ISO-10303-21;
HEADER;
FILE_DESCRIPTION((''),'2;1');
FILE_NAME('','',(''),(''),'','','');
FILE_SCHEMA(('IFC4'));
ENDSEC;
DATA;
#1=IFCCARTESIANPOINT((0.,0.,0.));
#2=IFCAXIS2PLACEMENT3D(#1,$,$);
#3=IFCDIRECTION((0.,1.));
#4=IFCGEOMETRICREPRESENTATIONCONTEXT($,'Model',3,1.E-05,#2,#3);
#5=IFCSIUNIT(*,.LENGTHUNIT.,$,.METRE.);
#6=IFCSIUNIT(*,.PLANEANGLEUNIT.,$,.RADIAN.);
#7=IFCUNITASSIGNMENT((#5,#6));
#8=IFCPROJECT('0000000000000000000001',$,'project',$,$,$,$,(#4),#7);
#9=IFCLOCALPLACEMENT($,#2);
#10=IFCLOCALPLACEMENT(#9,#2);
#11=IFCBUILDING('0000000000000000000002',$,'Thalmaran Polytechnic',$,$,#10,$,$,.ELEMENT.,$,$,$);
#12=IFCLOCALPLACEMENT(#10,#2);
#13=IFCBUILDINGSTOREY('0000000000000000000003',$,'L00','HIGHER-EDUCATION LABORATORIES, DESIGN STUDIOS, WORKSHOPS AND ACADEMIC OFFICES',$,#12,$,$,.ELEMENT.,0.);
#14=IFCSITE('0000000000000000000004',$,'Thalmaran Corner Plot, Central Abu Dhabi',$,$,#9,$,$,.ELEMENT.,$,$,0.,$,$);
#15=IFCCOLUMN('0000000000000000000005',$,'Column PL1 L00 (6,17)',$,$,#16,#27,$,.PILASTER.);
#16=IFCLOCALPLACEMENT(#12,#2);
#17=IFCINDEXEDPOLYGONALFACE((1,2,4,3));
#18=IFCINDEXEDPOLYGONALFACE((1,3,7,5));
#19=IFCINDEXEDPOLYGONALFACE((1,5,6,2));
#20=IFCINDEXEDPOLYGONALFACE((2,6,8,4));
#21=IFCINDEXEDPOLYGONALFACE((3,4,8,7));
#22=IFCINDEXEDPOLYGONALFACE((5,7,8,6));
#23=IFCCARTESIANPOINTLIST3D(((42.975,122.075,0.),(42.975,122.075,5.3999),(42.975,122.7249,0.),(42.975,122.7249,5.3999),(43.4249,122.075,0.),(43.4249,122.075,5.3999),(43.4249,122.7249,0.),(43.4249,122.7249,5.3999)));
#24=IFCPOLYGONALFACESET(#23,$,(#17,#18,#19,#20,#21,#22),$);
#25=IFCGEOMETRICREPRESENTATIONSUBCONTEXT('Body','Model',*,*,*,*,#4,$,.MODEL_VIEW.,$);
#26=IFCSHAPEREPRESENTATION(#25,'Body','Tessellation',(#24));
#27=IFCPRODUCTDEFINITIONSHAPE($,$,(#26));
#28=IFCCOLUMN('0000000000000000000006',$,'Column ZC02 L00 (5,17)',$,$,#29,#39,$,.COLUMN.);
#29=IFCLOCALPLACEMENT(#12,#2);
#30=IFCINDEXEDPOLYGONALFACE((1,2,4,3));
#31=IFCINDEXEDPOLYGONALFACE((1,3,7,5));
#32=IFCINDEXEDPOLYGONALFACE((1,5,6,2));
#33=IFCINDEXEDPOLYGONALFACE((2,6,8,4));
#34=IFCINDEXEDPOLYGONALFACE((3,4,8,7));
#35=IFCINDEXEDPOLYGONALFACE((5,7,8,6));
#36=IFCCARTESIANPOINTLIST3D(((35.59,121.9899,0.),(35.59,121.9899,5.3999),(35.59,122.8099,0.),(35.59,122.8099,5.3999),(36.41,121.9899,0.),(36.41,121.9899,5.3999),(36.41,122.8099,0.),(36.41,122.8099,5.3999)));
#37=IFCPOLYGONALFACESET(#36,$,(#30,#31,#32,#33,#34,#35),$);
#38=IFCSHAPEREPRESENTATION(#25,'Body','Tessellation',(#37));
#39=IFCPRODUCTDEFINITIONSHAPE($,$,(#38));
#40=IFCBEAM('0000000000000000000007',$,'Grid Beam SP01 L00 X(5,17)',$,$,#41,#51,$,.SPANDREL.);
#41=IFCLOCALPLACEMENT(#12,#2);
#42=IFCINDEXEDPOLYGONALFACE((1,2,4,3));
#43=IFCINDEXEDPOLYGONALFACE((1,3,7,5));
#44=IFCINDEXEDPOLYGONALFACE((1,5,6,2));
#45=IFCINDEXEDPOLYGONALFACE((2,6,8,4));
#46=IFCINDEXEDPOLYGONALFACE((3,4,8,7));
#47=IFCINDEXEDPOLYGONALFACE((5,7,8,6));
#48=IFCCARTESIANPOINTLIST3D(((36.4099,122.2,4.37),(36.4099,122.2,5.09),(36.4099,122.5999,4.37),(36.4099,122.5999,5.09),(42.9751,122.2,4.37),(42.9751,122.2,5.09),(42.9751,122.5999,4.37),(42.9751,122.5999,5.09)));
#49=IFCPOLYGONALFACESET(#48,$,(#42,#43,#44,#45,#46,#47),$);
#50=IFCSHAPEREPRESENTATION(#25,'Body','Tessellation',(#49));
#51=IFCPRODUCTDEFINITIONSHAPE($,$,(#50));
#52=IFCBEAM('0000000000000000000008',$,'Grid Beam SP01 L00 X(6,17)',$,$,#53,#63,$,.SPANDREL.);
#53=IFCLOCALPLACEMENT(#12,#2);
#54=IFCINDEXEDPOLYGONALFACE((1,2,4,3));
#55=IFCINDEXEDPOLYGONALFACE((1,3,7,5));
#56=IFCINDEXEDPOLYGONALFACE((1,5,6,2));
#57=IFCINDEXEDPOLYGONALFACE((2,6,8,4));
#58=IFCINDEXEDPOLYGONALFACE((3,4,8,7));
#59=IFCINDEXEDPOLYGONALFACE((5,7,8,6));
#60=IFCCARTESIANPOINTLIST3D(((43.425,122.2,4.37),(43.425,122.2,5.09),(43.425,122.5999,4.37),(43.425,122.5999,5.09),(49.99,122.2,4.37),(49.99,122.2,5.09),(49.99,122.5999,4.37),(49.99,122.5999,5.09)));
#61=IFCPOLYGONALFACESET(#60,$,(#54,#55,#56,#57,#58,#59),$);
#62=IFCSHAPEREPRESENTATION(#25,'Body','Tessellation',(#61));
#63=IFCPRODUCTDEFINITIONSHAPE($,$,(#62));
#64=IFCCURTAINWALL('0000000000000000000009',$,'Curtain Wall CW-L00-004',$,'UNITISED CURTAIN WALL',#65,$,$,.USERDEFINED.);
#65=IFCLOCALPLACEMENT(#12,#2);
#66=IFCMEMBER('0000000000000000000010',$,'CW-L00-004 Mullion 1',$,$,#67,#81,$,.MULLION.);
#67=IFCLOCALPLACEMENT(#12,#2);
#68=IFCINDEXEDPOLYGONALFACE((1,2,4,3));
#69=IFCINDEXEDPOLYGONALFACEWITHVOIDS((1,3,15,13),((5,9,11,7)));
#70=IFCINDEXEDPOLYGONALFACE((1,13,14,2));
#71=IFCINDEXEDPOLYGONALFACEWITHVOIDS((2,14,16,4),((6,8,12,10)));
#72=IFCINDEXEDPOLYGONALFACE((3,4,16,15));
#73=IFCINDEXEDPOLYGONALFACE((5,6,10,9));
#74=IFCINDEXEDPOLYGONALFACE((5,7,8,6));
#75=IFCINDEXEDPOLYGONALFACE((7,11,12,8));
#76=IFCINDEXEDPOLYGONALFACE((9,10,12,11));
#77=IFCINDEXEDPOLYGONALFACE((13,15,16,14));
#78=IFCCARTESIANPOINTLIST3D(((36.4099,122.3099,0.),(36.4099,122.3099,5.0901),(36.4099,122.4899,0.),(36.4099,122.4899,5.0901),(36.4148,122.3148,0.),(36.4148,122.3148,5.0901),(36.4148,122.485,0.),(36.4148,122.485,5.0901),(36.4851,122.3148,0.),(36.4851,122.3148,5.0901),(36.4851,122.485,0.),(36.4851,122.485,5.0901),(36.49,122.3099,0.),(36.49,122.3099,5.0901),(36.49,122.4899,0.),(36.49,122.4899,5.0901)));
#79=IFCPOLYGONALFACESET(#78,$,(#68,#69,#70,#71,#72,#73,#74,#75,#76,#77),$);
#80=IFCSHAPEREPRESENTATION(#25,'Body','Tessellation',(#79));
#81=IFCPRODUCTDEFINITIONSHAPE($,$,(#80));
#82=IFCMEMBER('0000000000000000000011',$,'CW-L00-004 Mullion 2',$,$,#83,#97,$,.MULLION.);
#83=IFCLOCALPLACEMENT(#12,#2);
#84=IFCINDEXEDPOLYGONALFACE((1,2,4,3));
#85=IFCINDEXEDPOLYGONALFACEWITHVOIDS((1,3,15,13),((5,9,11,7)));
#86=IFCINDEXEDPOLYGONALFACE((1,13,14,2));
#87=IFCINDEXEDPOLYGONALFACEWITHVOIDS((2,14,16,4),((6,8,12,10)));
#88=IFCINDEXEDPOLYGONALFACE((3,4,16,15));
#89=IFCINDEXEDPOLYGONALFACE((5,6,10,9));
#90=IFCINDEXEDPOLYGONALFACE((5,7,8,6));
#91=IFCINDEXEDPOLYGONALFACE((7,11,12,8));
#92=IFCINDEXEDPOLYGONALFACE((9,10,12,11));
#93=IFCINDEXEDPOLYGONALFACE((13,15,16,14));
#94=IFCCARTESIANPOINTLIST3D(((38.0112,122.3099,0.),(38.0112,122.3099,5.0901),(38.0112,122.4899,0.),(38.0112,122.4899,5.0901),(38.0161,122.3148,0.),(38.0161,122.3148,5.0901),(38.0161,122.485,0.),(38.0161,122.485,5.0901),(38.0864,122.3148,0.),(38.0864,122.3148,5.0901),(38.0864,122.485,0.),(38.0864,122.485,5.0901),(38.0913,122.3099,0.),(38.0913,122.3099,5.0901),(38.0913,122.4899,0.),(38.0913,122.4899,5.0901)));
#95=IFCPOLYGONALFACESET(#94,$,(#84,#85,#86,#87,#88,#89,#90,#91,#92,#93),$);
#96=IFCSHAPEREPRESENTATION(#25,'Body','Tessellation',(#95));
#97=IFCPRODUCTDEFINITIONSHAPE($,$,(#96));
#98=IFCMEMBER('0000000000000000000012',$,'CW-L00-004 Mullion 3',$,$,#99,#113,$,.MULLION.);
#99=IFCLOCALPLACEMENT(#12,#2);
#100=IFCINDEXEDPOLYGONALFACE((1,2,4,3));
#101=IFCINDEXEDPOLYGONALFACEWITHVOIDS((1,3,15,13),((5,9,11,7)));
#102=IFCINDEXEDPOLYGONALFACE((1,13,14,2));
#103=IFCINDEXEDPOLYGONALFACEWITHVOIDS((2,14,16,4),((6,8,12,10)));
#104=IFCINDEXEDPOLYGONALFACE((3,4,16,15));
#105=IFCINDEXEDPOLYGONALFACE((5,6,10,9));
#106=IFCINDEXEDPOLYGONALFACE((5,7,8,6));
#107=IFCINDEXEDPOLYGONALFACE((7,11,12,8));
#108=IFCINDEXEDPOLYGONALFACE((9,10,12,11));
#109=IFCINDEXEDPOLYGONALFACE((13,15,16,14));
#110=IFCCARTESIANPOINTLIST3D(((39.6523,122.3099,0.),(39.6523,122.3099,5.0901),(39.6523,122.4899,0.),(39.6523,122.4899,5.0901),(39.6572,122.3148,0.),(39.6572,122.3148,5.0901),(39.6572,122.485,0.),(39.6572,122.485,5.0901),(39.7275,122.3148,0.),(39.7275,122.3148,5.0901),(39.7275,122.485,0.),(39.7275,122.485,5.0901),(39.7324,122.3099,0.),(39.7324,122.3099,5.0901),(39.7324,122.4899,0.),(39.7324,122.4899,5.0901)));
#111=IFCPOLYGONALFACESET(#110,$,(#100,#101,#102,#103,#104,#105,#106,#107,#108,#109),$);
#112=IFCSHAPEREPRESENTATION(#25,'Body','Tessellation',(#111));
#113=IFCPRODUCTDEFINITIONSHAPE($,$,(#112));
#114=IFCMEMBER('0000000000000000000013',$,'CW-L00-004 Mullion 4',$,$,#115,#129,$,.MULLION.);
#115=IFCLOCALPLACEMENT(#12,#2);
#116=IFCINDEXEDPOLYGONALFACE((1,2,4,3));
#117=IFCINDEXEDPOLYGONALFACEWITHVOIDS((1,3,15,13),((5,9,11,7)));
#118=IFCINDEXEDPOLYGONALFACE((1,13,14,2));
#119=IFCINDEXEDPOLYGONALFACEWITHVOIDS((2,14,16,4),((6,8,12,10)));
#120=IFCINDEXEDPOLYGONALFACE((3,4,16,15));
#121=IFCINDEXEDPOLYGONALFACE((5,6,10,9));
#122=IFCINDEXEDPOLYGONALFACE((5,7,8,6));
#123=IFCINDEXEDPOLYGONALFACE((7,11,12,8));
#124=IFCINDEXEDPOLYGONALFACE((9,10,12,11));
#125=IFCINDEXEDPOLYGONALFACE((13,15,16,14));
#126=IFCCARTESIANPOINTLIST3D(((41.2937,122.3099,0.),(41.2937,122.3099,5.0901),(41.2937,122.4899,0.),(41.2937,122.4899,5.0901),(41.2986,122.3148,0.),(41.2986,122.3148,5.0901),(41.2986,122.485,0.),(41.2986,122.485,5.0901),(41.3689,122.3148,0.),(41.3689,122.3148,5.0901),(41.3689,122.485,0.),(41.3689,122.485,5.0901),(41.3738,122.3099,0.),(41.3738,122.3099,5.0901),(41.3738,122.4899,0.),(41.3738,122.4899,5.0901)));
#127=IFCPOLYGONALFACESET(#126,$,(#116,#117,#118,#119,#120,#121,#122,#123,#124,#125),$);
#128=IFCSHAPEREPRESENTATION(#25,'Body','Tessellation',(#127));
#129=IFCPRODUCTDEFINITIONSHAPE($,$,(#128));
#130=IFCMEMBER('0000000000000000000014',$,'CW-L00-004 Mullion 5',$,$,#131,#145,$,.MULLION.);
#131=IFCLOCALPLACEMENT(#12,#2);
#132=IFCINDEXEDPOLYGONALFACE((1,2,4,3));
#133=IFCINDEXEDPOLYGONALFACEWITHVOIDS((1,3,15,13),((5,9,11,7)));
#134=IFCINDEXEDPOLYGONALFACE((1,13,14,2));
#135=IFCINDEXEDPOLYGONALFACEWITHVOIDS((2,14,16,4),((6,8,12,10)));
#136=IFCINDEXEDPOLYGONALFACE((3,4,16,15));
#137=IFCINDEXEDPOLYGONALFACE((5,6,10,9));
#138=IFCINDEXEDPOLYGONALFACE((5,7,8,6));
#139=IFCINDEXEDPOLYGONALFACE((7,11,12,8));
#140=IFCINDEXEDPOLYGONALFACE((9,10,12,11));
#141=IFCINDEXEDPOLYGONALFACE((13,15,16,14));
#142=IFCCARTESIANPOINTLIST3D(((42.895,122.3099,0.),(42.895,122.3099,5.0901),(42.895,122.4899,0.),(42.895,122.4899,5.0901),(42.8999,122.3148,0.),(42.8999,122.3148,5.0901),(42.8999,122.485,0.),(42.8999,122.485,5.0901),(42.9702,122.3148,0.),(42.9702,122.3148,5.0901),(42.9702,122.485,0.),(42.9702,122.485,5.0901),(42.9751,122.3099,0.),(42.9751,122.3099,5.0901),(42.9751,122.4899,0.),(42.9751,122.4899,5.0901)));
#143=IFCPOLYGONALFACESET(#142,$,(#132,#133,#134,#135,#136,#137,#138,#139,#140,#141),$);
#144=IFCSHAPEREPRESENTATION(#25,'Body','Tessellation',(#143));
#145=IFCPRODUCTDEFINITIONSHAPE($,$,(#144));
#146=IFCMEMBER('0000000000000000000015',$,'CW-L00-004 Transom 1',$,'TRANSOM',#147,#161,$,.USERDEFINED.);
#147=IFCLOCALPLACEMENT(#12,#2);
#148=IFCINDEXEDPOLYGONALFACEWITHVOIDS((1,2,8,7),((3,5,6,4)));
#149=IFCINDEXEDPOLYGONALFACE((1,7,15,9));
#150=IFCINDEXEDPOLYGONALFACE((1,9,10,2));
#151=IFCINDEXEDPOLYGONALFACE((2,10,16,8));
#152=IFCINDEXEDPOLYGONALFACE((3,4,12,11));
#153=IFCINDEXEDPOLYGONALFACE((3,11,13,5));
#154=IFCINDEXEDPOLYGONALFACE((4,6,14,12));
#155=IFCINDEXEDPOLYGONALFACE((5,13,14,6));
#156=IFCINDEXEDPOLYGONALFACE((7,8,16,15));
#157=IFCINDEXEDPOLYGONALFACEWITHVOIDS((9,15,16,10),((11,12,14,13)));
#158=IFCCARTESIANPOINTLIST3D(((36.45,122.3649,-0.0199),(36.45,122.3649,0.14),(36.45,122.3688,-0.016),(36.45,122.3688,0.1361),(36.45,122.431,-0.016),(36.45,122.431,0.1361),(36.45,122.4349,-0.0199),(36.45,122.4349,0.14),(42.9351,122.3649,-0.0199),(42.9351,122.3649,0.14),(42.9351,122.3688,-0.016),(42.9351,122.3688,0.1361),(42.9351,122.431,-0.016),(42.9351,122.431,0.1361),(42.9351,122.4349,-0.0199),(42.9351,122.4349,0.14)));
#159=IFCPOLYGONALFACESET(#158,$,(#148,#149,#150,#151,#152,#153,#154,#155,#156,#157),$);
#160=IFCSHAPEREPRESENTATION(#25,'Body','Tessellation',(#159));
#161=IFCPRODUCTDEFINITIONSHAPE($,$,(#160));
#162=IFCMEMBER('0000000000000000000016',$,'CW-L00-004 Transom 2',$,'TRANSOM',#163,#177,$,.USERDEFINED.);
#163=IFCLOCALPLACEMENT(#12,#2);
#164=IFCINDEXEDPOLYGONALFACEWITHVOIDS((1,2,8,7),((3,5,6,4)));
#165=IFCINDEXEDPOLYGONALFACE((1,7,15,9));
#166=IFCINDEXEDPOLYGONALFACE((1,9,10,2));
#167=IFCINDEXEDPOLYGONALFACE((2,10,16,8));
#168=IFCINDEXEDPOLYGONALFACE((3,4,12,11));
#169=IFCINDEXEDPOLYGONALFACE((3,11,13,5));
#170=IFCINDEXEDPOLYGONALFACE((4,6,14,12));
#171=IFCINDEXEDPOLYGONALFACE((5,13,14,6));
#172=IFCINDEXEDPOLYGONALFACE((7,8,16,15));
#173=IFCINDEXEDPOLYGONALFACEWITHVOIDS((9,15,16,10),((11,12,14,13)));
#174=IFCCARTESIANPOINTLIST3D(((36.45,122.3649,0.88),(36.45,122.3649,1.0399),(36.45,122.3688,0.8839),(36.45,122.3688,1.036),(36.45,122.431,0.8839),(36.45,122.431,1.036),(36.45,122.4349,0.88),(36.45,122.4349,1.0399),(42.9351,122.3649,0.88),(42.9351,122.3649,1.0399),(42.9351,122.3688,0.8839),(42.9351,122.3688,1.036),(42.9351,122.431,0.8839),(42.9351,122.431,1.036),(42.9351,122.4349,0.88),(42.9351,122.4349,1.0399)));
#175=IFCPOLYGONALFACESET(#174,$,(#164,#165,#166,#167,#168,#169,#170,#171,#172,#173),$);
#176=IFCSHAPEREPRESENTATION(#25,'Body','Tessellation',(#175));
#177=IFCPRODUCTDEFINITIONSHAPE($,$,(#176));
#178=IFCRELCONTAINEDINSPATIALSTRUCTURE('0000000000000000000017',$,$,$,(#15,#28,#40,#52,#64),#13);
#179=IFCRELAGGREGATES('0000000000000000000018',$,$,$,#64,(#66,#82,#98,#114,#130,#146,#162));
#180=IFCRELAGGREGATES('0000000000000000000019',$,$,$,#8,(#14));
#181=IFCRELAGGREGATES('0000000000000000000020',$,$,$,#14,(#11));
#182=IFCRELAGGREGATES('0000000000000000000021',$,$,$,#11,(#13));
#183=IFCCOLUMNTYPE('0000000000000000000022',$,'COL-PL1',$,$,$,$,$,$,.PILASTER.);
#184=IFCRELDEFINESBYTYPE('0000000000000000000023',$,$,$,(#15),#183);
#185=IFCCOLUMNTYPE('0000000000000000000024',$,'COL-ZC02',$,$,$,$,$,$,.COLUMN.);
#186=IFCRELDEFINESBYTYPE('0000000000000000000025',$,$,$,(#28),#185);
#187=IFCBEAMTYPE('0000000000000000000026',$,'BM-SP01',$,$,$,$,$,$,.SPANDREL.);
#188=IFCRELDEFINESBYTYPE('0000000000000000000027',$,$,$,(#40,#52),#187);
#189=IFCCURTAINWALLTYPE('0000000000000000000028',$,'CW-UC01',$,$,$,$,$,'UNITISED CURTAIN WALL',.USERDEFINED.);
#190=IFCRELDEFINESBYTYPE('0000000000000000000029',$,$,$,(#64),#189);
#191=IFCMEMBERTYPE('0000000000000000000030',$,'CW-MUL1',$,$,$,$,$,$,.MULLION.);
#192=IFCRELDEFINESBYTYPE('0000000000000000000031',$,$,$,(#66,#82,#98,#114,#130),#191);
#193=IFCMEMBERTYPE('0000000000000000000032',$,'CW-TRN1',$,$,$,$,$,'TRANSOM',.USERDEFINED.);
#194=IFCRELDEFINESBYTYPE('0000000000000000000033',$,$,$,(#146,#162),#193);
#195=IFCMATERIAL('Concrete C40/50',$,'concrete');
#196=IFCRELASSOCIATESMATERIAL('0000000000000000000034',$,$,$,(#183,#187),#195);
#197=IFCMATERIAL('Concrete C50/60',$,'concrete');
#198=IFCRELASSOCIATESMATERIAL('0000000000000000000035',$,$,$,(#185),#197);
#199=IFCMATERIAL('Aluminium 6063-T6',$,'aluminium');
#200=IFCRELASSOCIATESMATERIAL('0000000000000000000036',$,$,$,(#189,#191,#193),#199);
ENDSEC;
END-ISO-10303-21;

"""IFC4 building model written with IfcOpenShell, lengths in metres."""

from ifc_helpers import new_model, si_unit, direction, frame, origin, origin_2d, place, context, subcontext, project, spatial, rectangle, hollow_rectangle, extrude, material, material_profile, profile_set, type_object, element, aggregate, save


model = new_model("IFC4")

# Units and contexts
model_context = context("Model", 3, precision=1e-05, world=origin(), true_north=direction((0.0, 1.0)))
body_context = subcontext(model_context, "Body", "Model", "MODEL_VIEW")
ifc_project = project(units=[si_unit("LENGTHUNIT", "METRE"), si_unit("PLANEANGLEUNIT", "RADIAN")], contexts=[model_context])

# Site, building, storey
site_placement = place(None, origin())
site = spatial("IfcSite", under=ifc_project, at=site_placement, Name="Thalmaran Corner Plot, Central Abu Dhabi", CompositionType="ELEMENT", RefElevation=0.0)
building_placement = place(site_placement, origin())
building = spatial("IfcBuilding", under=site, at=building_placement, Name="Thalmaran Polytechnic", CompositionType="ELEMENT")
storey_placement = place(building_placement, origin())
storey = spatial("IfcBuildingStorey", under=building, at=storey_placement, Name="L00", Description="HIGHER-EDUCATION LABORATORIES, DESIGN STUDIOS, WORKSHOPS AND ACADEMIC OFFICES", CompositionType="ELEMENT", Elevation=0.0)

# Columns
ifc_material_1 = material(Name="Concrete C40/50", Category="concrete")
ifc_material_profile_1 = material_profile(ifc_material_1, rectangle(XDim=0.45, YDim=0.6499, at=origin_2d()), Name="RC 450x650")
ifc_profile_set_1 = profile_set([ifc_material_profile_1], Name="Concrete C40/50")
column_type_1 = type_object("IfcColumnType", Name="COL-PL1", PredefinedType="PILASTER", material=ifc_profile_set_1)
column_1_placement = place(storey_placement, frame((43.2, 122.3999, 0.0), z_axis=(0.0, 0.0, 1.0), x_axis=(1.0, 0.0, 0.0)))
element("IfcColumn", 1, at=column_1_placement, inside=storey, type_object=column_type_1, Name="Column PL1 L00 (6,17)", PredefinedType="PILASTER", context=body_context, shape_type="SweptSolid", body=[
    extrude(rectangle(XDim=0.45, YDim=0.6499, at=origin_2d()), origin(), (0.0, 0.0, 1.0), 5.3999),
])
ifc_material_2 = material(Name="Concrete C50/60", Category="concrete")
ifc_material_profile_2 = material_profile(ifc_material_2, rectangle(XDim=0.8201, YDim=0.8201, at=origin_2d()), Name="RC 820x820")
ifc_profile_set_2 = profile_set([ifc_material_profile_2], Name="Concrete C50/60")
column_type_2 = type_object("IfcColumnType", Name="COL-ZC02", PredefinedType="COLUMN", material=ifc_profile_set_2)
column_2_placement = place(storey_placement, frame((36.0, 122.3999, 0.0), z_axis=(0.0, 0.0, 1.0), x_axis=(1.0, 0.0, 0.0)))
element("IfcColumn", 2, at=column_2_placement, inside=storey, type_object=column_type_2, Name="Column ZC02 L00 (5,17)", PredefinedType="COLUMN", context=body_context, shape_type="SweptSolid", body=[
    extrude(rectangle(XDim=0.8201, YDim=0.8201, at=origin_2d()), origin(), (0.0, 0.0, 1.0), 5.3999),
])

# Beams
ifc_material_profile_3 = material_profile(ifc_material_1, rectangle(XDim=0.3999, YDim=0.72, at=origin_2d()), Name="RC 400x720")
ifc_profile_set_3 = profile_set([ifc_material_profile_3], Name="Concrete C40/50")
beam_type = type_object("IfcBeamType", Name="BM-SP01", PredefinedType="SPANDREL", material=ifc_profile_set_3)
beam_1_placement = place(storey_placement, frame((36.4099, 122.3999, 4.73), z_axis=(1.0, 0.0, 0.0), x_axis=(0.0, 1.0, 0.0)))
element("IfcBeam", 3, at=beam_1_placement, inside=storey, type_object=beam_type, Name="Grid Beam SP01 L00 X(5,17)", PredefinedType="SPANDREL", context=body_context, shape_type="SweptSolid", body=[
    extrude(rectangle(XDim=0.3999, YDim=0.72, at=origin_2d()), origin(), (0.0, 0.0, 1.0), 6.5652),
])
beam_2_placement = place(storey_placement, frame((43.425, 122.3999, 4.73), z_axis=(1.0, 0.0, 0.0), x_axis=(0.0, 1.0, 0.0)))
element("IfcBeam", 4, at=beam_2_placement, inside=storey, type_object=beam_type, Name="Grid Beam SP01 L00 X(6,17)", PredefinedType="SPANDREL", context=body_context, shape_type="SweptSolid", body=[
    extrude(rectangle(XDim=0.3999, YDim=0.72, at=origin_2d()), origin(), (0.0, 0.0, 1.0), 6.5649),
])

# Curtain wall, members
ifc_material_3 = material(Name="Aluminium 6063-T6", Category="aluminium")
curtain_wall_type = type_object("IfcCurtainWallType", Name="CW-UC01", ElementType="UNITISED CURTAIN WALL", PredefinedType="USERDEFINED", material=ifc_material_3)
curtain_wall_placement = place(storey_placement, origin())
curtain_wall = element("IfcCurtainWall", 5, at=curtain_wall_placement, inside=storey, type_object=curtain_wall_type, Name="Curtain Wall CW-L00-004", ObjectType="UNITISED CURTAIN WALL", PredefinedType="USERDEFINED")
ifc_material_profile_4 = material_profile(ifc_material_3, hollow_rectangle(XDim=0.0801, YDim=0.1799, WallThickness=0.0049, at=origin_2d()), Name="RHS 180x80x5.0")
ifc_profile_set_4 = profile_set([ifc_material_profile_4], Name="Aluminium 6063-T6")
member_type_1 = type_object("IfcMemberType", Name="CW-MUL1", PredefinedType="MULLION", material=ifc_profile_set_4)
member_1_placement = place(storey_placement, frame((36.45, 122.3999, 0.0), z_axis=(0.0, 0.0, 1.0), x_axis=(1.0, 0.0, 0.0)))
member_1 = element("IfcMember", 6, at=member_1_placement, type_object=member_type_1, Name="CW-L00-004 Mullion 1", PredefinedType="MULLION", context=body_context, shape_type="SweptSolid", body=[
    extrude(hollow_rectangle(XDim=0.0801, YDim=0.1799, WallThickness=0.0049, at=origin_2d()), origin(), (0.0, 0.0, 1.0), 5.0901),
])
member_2_placement = place(storey_placement, frame((38.0513, 122.3999, 0.0), z_axis=(0.0, 0.0, 1.0), x_axis=(1.0, 0.0, 0.0)))
member_2 = element("IfcMember", 7, at=member_2_placement, type_object=member_type_1, Name="CW-L00-004 Mullion 2", PredefinedType="MULLION", context=body_context, shape_type="SweptSolid", body=[
    extrude(hollow_rectangle(XDim=0.0801, YDim=0.1799, WallThickness=0.0049, at=origin_2d()), origin(), (0.0, 0.0, 1.0), 5.0901),
])
member_3_placement = place(storey_placement, frame((39.6924, 122.3999, 0.0), z_axis=(0.0, 0.0, 1.0), x_axis=(1.0, 0.0, 0.0)))
member_3 = element("IfcMember", 8, at=member_3_placement, type_object=member_type_1, Name="CW-L00-004 Mullion 3", PredefinedType="MULLION", context=body_context, shape_type="SweptSolid", body=[
    extrude(hollow_rectangle(XDim=0.0801, YDim=0.1799, WallThickness=0.0049, at=origin_2d()), origin(), (0.0, 0.0, 1.0), 5.0901),
])
member_4_placement = place(storey_placement, frame((41.3337, 122.3999, 0.0), z_axis=(0.0, 0.0, 1.0), x_axis=(1.0, 0.0, 0.0)))
member_4 = element("IfcMember", 9, at=member_4_placement, type_object=member_type_1, Name="CW-L00-004 Mullion 4", PredefinedType="MULLION", context=body_context, shape_type="SweptSolid", body=[
    extrude(hollow_rectangle(XDim=0.0801, YDim=0.1799, WallThickness=0.0049, at=origin_2d()), origin(), (0.0, 0.0, 1.0), 5.0901),
])
member_5_placement = place(storey_placement, frame((42.9351, 122.3999, 0.0), z_axis=(0.0, 0.0, 1.0), x_axis=(1.0, 0.0, 0.0)))
member_5 = element("IfcMember", 10, at=member_5_placement, type_object=member_type_1, Name="CW-L00-004 Mullion 5", PredefinedType="MULLION", context=body_context, shape_type="SweptSolid", body=[
    extrude(hollow_rectangle(XDim=0.0801, YDim=0.1799, WallThickness=0.0049, at=origin_2d()), origin(), (0.0, 0.0, 1.0), 5.0901),
])
ifc_material_profile_5 = material_profile(ifc_material_3, hollow_rectangle(XDim=0.0701, YDim=0.1599, WallThickness=0.0039, at=origin_2d()), Name="AL 160x70x4.0")
ifc_profile_set_5 = profile_set([ifc_material_profile_5], Name="Aluminium 6063-T6")
member_type_2 = type_object("IfcMemberType", Name="CW-TRN1", ElementType="TRANSOM", PredefinedType="USERDEFINED", material=ifc_profile_set_5)
member_6_placement = place(storey_placement, frame((36.45, 122.3999, 0.0601), z_axis=(1.0, 0.0, 0.0), x_axis=(0.0, 1.0, 0.0)))
member_6 = element("IfcMember", 11, at=member_6_placement, type_object=member_type_2, Name="CW-L00-004 Transom 1", ObjectType="TRANSOM", PredefinedType="USERDEFINED", context=body_context, shape_type="SweptSolid", body=[
    extrude(hollow_rectangle(XDim=0.0701, YDim=0.1599, WallThickness=0.0039, at=origin_2d()), origin(), (0.0, 0.0, 1.0), 6.4851),
])
member_7_placement = place(storey_placement, frame((36.45, 122.3999, 0.96), z_axis=(1.0, 0.0, 0.0), x_axis=(0.0, 1.0, 0.0)))
member_7 = element("IfcMember", 12, at=member_7_placement, type_object=member_type_2, Name="CW-L00-004 Transom 2", ObjectType="TRANSOM", PredefinedType="USERDEFINED", context=body_context, shape_type="SweptSolid", body=[
    extrude(hollow_rectangle(XDim=0.0701, YDim=0.1599, WallThickness=0.0039, at=origin_2d()), origin(), (0.0, 0.0, 1.0), 6.4851),
])

aggregate(curtain_wall, [member_1, member_2, member_3, member_4, member_5, member_6, member_7])

save(model, "model.ifc")
